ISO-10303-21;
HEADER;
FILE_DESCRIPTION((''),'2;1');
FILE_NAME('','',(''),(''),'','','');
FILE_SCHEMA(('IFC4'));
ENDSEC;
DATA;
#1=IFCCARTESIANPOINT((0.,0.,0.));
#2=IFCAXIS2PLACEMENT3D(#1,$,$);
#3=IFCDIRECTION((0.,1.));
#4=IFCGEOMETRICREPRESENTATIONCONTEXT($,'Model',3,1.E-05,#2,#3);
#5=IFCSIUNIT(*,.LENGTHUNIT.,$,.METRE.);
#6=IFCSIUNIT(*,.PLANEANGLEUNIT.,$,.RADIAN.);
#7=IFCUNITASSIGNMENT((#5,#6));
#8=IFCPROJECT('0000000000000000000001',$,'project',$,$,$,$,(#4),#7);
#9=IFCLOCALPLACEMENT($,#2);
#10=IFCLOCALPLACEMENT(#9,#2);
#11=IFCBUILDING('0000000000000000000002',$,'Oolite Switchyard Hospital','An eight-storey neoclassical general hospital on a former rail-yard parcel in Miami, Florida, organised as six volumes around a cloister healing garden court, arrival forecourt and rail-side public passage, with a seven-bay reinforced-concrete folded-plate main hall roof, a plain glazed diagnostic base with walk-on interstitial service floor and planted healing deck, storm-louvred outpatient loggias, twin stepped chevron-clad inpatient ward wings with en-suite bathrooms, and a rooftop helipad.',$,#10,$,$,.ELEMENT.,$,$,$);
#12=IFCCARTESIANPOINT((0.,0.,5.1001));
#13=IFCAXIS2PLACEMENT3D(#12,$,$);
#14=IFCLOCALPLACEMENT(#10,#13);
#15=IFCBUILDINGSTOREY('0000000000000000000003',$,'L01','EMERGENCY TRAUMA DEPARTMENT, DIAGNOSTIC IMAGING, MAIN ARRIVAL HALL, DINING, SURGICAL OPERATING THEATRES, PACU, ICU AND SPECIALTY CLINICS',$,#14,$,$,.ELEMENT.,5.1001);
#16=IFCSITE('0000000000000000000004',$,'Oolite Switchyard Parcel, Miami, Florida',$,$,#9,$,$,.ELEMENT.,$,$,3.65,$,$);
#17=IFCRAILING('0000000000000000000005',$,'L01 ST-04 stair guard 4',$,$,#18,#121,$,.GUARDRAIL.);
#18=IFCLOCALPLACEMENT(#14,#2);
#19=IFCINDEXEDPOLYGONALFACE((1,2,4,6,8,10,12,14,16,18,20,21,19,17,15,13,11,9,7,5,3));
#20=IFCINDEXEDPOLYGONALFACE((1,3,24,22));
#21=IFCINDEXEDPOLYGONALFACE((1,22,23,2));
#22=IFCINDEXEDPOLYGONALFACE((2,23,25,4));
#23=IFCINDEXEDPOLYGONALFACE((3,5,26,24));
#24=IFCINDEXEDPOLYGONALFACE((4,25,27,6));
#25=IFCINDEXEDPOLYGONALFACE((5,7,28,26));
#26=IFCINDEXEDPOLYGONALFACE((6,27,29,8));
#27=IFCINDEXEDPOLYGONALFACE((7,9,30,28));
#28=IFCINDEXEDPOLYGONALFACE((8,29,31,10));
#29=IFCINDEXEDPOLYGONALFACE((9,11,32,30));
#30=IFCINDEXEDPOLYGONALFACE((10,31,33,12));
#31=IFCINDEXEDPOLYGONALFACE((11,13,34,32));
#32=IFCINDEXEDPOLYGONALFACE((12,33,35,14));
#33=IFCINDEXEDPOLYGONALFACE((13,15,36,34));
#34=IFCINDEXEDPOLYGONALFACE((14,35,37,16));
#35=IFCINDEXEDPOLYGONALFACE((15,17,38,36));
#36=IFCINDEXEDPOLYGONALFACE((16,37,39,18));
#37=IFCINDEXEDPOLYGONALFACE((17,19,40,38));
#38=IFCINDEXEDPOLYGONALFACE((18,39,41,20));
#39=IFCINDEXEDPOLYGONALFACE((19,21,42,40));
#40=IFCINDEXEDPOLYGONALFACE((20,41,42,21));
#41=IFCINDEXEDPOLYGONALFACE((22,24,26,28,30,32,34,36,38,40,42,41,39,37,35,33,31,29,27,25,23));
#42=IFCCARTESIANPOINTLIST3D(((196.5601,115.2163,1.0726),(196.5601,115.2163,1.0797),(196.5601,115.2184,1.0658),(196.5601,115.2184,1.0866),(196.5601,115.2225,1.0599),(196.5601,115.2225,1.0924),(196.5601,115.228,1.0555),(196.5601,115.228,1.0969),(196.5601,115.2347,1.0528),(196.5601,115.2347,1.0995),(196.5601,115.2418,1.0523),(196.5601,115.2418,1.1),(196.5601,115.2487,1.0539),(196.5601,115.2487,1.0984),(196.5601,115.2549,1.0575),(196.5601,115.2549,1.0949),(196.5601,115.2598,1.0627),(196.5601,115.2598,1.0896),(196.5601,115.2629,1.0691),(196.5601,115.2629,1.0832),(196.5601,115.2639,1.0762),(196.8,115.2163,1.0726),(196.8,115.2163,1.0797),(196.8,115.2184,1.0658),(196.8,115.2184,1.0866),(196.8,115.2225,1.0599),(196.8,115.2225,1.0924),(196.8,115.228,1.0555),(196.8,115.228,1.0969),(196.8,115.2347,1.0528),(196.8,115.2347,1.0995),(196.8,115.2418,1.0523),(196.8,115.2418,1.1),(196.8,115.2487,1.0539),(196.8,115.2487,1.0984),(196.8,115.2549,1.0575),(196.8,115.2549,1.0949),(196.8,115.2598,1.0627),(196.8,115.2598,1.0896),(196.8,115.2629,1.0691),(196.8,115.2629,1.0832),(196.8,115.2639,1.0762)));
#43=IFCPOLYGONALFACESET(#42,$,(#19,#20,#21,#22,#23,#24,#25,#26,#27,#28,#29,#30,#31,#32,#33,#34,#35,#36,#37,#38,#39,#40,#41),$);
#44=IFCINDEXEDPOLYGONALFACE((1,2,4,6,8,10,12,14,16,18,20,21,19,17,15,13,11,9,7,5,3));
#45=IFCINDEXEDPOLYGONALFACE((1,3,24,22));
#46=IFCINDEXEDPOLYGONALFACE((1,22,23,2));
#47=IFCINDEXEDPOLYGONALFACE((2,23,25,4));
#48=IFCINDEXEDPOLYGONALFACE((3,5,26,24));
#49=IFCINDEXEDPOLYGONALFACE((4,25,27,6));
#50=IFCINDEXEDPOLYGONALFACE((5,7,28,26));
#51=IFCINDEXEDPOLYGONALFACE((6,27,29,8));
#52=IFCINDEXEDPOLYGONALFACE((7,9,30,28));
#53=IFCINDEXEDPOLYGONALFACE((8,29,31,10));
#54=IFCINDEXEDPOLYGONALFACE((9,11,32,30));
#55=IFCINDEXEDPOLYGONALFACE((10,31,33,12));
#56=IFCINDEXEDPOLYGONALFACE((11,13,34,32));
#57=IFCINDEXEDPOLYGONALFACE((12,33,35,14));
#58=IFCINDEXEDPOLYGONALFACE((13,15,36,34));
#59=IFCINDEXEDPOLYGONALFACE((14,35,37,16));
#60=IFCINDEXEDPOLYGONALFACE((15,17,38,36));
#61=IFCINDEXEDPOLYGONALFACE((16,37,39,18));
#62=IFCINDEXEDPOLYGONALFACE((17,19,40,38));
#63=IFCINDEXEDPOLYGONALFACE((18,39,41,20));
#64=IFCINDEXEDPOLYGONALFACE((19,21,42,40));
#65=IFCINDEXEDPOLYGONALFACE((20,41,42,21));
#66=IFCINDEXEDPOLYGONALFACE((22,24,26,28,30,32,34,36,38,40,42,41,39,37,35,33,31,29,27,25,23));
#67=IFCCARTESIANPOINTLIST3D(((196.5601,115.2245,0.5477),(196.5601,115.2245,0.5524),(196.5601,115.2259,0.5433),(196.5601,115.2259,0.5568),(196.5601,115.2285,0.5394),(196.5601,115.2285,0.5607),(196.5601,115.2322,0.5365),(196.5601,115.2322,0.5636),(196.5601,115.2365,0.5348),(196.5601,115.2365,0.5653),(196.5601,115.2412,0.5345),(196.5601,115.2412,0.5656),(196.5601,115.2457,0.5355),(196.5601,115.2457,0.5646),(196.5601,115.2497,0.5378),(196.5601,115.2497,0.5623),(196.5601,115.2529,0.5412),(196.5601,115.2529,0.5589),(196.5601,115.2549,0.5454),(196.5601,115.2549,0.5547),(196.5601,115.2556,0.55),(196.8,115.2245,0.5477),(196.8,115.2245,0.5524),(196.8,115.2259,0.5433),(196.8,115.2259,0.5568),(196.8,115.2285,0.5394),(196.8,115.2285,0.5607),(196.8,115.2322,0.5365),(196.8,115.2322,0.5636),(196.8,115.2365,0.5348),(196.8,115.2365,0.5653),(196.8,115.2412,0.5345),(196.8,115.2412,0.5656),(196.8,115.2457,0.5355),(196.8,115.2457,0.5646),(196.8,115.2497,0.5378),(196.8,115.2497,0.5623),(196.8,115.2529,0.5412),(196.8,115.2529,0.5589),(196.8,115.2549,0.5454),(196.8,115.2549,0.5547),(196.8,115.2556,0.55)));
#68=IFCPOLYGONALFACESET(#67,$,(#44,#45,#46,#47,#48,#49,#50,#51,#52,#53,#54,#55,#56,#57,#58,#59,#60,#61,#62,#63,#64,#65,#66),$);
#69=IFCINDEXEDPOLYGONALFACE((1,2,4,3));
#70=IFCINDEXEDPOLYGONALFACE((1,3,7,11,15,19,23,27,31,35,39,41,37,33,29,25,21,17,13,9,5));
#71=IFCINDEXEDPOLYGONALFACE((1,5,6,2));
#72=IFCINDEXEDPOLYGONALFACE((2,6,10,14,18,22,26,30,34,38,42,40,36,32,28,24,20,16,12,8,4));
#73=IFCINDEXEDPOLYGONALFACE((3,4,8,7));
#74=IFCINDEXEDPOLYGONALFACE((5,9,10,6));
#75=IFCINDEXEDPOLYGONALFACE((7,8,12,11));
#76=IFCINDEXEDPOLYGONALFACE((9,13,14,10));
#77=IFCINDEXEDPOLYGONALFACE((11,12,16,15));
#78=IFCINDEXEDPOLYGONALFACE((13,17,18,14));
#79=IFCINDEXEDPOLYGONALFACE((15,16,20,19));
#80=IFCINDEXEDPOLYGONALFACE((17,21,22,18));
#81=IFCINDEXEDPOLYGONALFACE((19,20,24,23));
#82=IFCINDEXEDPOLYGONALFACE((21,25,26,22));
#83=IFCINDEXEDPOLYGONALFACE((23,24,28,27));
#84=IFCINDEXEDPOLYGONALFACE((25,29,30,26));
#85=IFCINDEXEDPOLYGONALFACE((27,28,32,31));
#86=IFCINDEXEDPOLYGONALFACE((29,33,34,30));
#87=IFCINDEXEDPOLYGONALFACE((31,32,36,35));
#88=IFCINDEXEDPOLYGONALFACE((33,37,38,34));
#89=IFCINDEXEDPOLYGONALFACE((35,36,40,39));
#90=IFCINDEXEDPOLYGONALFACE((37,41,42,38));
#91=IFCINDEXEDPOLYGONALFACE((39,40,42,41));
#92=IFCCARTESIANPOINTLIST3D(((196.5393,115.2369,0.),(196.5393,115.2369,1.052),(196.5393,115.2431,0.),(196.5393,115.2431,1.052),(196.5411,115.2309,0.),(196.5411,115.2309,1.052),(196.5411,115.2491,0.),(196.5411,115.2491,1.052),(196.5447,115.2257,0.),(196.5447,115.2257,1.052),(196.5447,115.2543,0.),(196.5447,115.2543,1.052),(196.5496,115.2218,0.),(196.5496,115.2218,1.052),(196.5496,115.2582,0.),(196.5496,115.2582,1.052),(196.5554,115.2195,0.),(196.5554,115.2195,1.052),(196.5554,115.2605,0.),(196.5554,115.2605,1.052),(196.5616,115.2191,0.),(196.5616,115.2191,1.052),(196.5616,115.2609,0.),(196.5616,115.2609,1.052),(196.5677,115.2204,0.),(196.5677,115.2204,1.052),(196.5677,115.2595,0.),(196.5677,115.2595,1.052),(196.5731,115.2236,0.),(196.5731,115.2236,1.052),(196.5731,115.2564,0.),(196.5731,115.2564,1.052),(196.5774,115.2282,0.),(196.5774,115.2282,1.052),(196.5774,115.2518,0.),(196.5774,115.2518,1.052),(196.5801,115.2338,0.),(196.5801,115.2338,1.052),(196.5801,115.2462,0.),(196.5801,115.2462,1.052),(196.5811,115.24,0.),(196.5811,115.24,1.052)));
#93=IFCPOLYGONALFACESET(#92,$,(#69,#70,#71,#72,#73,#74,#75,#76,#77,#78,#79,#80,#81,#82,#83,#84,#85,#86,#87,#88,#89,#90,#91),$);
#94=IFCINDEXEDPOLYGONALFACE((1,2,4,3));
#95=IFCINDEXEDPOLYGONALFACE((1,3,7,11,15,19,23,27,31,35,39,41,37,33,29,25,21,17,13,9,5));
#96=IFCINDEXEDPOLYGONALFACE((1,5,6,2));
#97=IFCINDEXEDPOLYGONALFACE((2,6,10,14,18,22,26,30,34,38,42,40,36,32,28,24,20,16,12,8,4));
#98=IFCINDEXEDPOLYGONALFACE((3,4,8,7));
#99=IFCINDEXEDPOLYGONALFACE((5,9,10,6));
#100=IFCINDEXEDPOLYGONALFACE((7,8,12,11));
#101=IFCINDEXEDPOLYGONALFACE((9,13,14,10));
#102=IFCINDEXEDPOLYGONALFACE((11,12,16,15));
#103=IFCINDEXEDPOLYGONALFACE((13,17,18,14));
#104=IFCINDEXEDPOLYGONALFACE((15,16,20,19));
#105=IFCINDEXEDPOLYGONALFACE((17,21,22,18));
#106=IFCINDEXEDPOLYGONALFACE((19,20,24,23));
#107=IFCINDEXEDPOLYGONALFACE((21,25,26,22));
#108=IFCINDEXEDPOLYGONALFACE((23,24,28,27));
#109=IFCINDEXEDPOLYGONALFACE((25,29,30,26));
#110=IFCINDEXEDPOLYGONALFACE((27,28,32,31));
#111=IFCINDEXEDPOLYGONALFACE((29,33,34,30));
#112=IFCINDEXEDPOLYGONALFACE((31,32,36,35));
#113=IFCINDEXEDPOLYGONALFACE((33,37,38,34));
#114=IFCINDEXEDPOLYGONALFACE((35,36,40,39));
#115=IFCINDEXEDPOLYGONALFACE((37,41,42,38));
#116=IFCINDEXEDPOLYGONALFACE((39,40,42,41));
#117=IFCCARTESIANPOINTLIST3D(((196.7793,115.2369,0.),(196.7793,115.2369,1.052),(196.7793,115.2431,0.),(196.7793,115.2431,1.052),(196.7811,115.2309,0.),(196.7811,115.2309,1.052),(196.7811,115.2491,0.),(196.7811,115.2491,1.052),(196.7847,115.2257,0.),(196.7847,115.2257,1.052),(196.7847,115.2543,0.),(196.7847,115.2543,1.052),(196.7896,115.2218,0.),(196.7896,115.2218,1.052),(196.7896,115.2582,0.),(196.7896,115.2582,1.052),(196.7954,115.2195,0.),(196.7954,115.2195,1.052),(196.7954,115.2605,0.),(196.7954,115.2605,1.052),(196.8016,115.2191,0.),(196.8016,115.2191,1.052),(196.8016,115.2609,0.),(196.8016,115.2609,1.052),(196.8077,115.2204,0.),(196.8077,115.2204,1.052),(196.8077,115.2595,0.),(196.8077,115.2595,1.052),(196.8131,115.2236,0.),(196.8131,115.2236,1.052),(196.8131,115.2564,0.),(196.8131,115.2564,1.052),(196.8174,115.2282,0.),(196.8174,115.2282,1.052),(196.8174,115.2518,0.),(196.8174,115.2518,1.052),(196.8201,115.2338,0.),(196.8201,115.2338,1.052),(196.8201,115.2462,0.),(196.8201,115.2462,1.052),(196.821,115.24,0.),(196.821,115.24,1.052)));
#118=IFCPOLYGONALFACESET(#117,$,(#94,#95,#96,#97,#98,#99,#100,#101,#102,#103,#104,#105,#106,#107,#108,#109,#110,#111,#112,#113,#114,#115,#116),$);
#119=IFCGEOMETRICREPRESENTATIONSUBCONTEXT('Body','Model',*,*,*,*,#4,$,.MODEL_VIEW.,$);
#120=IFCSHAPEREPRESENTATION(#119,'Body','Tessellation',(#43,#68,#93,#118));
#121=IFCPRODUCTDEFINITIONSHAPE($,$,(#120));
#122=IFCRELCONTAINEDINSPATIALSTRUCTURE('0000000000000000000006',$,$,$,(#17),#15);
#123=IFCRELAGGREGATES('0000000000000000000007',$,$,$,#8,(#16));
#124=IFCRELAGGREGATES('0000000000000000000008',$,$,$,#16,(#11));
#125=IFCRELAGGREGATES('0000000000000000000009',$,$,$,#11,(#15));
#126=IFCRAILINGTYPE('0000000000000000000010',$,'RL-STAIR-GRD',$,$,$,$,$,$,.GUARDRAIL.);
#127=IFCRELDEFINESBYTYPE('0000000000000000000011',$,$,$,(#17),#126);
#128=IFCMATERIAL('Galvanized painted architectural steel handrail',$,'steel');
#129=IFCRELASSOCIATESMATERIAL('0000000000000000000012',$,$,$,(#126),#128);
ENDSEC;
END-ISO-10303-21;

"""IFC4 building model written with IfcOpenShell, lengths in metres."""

from ifc_helpers import new_model, si_unit, direction, frame, origin, origin_2d, place, context, subcontext, project, spatial, circle, extrude, material, type_object, element, save


model = new_model("IFC4")

# Units and contexts
model_context = context("Model", 3, precision=1e-05, world=origin(), true_north=direction((0.0, 1.0)))
body_context = subcontext(model_context, "Body", "Model", "MODEL_VIEW")
ifc_project = project(units=[si_unit("LENGTHUNIT", "METRE"), si_unit("PLANEANGLEUNIT", "RADIAN")], contexts=[model_context])

# Site, building, storey
site_placement = place(None, origin())
site = spatial("IfcSite", under=ifc_project, at=site_placement, Name="Oolite Switchyard Parcel, Miami, Florida", CompositionType="ELEMENT", RefElevation=3.65)
building_placement = place(site_placement, origin())
building = spatial("IfcBuilding", under=site, at=building_placement, Name="Oolite Switchyard Hospital", Description="An eight-storey neoclassical general hospital on a former rail-yard parcel in Miami, Florida, organised as six volumes around a cloister healing garden court, arrival forecourt and rail-side public passage, with a seven-bay reinforced-concrete folded-plate main hall roof, a plain glazed diagnostic base with walk-on interstitial service floor and planted healing deck, storm-louvred outpatient loggias, twin stepped chevron-clad inpatient ward wings with en-suite bathrooms, and a rooftop helipad.", CompositionType="ELEMENT")
storey_placement = place(building_placement, frame((0.0, 0.0, 5.1001)))
storey = spatial("IfcBuildingStorey", under=building, at=storey_placement, Name="L01", Description="EMERGENCY TRAUMA DEPARTMENT, DIAGNOSTIC IMAGING, MAIN ARRIVAL HALL, DINING, SURGICAL OPERATING THEATRES, PACU, ICU AND SPECIALTY CLINICS", CompositionType="ELEMENT", Elevation=5.1001)

# Railing
ifc_material_1 = material(Name="Galvanized painted architectural steel handrail", Category="steel")
railing_type_1 = type_object("IfcRailingType", Name="RL-STAIR-GRD", PredefinedType="GUARDRAIL", material=ifc_material_1)
railing_1_placement = place(storey_placement, frame((196.5601, 115.24, 0.0)))
element("IfcRailing", 1, at=railing_1_placement, inside=storey, type_object=railing_type_1, Name="L01 ST-04 stair guard 4", PredefinedType="GUARDRAIL", context=body_context, shape_type="SweptSolid", body=[
    extrude(circle(Radius=0.0239, at=origin_2d()), frame((0.0, 0.0, 1.0762), z_axis=(1.0, 0.0, 0.0), x_axis=(0.0, 1.0, 0.0)), (0.0, 0.0, 1.0), 0.24),
    extrude(circle(Radius=0.0156, at=origin_2d()), frame((0.0, 0.0, 0.55), z_axis=(1.0, 0.0, 0.0), x_axis=(0.0, 1.0, 0.0)), (0.0, 0.0, 1.0), 0.24),
    extrude(circle(Radius=0.021, at=origin_2d()), origin(), (0.0, 0.0, 1.0), 1.052),
    extrude(circle(Radius=0.021, at=origin_2d()), frame((0.24, 0.0, 0.0)), (0.0, 0.0, 1.0), 1.052),
])

save(model, "model.ifc")
